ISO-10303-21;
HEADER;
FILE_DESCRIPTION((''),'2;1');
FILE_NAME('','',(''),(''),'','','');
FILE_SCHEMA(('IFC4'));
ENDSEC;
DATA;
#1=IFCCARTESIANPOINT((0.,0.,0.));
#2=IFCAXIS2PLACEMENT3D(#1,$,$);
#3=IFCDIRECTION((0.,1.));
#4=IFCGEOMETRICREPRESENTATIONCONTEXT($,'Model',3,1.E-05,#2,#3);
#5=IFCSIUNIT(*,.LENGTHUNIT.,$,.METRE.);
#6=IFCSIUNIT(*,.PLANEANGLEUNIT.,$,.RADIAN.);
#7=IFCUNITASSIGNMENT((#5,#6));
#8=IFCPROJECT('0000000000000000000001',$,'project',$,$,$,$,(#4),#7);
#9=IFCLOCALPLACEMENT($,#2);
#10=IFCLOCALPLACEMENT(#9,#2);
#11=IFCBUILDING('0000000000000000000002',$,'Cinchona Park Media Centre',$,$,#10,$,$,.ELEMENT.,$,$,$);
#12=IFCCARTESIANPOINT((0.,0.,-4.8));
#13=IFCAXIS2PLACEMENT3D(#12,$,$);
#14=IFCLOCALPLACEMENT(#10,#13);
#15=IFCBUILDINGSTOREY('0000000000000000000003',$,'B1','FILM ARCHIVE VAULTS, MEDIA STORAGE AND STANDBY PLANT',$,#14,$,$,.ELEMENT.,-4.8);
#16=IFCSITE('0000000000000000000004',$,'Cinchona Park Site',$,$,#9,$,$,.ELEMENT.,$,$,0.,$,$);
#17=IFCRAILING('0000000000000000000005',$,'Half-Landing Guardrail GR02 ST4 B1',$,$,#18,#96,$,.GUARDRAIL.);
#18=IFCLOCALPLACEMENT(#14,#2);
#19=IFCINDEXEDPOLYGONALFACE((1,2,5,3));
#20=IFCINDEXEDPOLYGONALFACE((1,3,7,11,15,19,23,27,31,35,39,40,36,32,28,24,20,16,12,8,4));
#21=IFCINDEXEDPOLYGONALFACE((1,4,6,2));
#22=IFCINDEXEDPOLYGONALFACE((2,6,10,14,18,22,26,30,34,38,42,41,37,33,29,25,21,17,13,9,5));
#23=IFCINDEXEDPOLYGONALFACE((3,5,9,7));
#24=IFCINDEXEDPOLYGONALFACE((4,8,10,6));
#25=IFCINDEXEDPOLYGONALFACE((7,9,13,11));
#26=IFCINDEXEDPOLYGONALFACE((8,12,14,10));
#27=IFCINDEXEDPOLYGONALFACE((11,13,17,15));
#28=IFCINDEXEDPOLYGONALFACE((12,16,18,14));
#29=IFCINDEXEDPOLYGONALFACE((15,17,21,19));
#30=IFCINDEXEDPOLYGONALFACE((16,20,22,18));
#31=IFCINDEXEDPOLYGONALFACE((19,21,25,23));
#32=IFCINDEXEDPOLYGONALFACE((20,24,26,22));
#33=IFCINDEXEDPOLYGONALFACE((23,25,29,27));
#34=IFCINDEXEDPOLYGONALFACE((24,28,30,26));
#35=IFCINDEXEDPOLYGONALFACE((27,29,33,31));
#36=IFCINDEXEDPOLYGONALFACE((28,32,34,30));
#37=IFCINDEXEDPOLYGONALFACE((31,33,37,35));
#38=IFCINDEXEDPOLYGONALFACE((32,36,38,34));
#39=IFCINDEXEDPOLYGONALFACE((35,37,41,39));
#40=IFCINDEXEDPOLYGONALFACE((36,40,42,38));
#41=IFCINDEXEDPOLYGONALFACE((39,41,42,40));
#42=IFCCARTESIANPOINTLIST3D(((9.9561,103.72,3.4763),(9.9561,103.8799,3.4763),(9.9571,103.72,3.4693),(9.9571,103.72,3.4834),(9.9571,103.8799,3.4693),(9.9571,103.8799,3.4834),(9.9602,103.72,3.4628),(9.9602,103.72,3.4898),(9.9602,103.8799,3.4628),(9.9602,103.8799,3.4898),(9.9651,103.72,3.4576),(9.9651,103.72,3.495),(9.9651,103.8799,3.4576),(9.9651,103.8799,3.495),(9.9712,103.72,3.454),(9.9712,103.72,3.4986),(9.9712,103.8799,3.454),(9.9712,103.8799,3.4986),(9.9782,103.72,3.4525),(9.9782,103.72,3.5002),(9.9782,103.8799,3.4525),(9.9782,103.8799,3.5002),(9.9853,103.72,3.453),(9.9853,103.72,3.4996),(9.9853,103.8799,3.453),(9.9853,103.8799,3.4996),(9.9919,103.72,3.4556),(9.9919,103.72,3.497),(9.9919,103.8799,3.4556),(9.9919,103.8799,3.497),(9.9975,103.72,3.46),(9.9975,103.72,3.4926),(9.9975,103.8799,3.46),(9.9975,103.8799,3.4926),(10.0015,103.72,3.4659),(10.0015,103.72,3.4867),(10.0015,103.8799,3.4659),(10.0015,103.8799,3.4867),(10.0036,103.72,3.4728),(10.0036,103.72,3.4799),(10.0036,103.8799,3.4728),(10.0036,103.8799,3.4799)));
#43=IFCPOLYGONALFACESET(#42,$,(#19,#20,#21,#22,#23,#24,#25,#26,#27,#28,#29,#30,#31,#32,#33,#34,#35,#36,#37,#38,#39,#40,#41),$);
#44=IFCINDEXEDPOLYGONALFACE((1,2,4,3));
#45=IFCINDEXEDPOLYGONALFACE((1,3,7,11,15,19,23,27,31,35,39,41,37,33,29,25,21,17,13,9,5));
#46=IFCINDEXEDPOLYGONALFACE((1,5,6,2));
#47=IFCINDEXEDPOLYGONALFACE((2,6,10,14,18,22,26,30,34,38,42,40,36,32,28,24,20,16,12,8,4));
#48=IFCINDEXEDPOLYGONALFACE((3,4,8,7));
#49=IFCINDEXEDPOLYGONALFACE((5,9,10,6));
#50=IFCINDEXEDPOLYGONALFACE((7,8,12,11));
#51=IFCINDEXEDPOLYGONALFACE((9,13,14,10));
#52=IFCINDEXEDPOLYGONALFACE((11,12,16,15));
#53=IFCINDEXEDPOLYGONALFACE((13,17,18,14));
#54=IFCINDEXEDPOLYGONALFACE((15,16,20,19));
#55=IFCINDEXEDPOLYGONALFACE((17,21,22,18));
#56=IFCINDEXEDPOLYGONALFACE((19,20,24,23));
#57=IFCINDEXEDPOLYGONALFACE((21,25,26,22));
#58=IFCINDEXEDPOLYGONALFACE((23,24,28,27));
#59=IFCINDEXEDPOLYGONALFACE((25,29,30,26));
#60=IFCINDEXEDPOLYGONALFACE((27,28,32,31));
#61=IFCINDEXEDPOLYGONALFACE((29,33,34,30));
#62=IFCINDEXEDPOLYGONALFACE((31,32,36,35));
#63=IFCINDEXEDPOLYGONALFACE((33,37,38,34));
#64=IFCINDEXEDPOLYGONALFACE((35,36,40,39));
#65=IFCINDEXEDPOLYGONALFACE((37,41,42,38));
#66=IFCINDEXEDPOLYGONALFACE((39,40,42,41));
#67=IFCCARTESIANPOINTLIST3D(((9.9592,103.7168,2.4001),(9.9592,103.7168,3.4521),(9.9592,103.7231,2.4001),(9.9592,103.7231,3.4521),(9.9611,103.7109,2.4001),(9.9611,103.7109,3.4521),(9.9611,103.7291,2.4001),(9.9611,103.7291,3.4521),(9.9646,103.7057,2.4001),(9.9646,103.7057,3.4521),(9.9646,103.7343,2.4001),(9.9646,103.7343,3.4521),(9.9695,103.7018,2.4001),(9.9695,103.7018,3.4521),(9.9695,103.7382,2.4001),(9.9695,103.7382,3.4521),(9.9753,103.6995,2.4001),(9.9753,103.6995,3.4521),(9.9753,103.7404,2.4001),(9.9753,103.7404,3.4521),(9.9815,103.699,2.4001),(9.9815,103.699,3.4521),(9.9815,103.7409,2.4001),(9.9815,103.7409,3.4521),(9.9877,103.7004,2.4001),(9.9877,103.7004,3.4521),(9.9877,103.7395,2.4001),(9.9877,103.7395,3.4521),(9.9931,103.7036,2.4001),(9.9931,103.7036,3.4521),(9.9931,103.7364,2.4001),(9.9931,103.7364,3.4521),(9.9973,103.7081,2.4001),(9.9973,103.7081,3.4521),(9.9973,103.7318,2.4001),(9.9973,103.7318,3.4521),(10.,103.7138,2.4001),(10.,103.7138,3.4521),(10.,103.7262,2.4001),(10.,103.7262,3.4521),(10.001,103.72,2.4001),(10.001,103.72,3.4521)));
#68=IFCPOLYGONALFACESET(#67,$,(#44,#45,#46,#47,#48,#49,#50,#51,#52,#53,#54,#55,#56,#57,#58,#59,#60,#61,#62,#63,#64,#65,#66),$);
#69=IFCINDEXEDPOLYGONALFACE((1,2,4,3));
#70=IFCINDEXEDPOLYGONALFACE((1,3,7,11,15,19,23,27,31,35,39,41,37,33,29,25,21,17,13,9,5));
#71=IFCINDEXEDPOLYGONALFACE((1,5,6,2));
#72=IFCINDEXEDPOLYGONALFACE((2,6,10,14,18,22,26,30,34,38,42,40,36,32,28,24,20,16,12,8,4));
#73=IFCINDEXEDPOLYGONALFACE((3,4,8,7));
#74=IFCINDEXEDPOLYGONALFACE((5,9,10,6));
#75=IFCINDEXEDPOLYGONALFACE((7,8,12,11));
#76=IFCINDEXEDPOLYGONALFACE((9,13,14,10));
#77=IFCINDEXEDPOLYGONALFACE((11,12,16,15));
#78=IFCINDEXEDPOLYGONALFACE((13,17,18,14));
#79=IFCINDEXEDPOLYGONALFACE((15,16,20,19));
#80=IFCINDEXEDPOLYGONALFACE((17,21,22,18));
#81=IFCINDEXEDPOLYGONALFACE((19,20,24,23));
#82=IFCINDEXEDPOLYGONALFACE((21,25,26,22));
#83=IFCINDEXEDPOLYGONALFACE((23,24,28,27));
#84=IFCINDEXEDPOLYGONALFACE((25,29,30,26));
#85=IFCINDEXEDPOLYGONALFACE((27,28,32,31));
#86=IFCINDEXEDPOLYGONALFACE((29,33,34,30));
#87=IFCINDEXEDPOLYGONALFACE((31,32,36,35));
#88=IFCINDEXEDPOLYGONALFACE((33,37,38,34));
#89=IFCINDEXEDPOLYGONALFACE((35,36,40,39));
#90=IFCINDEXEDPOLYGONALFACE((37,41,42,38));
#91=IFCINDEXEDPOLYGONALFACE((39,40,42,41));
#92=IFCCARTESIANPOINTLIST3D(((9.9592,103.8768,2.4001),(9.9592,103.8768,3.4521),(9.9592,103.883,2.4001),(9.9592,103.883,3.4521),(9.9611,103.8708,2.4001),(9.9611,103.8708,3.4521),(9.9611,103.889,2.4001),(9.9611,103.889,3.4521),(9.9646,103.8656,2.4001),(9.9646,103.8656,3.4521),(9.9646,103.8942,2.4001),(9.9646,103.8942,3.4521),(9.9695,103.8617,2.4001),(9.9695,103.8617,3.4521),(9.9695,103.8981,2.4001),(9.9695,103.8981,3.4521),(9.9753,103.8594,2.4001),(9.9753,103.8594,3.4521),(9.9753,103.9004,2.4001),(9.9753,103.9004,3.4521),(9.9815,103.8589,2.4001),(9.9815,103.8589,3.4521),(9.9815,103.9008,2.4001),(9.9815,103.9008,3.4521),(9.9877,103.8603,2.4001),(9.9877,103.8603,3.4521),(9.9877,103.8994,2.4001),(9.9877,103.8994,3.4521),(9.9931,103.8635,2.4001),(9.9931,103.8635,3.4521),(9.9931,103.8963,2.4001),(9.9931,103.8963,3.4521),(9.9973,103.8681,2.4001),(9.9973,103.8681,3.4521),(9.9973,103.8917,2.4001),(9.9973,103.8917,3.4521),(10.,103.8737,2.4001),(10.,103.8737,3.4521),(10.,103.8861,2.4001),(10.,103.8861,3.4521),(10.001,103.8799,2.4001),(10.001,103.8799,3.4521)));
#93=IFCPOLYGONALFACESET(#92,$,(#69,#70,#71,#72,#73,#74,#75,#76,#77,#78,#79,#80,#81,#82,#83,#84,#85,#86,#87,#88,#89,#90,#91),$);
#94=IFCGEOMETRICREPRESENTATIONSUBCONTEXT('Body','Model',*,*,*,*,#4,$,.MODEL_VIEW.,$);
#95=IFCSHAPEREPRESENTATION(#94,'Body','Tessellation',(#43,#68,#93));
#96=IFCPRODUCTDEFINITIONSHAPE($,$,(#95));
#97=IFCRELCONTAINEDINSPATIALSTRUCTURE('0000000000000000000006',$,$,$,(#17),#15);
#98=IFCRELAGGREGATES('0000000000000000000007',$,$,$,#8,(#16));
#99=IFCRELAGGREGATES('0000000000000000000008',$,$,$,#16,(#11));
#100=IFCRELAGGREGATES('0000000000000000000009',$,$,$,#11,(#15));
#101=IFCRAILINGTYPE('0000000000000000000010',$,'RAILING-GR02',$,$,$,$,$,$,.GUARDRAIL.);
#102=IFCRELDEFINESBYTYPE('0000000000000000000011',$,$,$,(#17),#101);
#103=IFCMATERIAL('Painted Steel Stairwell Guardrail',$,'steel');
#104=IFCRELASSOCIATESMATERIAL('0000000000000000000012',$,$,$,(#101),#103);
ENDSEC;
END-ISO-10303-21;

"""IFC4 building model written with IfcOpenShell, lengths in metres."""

from ifc_helpers import new_model, si_unit, direction, frame, origin, origin_2d, place, context, subcontext, project, spatial, circle, extrude, material, type_object, element, save


model = new_model("IFC4")

# Units and contexts
model_context = context("Model", 3, precision=1e-05, world=origin(), true_north=direction((0.0, 1.0)))
body_context = subcontext(model_context, "Body", "Model", "MODEL_VIEW")
ifc_project = project(units=[si_unit("LENGTHUNIT", "METRE"), si_unit("PLANEANGLEUNIT", "RADIAN")], contexts=[model_context])

# Site, building, storey
site_placement = place(None, origin())
site = spatial("IfcSite", under=ifc_project, at=site_placement, Name="Cinchona Park Site", CompositionType="ELEMENT", RefElevation=0.0)
building_placement = place(site_placement, origin())
building = spatial("IfcBuilding", under=site, at=building_placement, Name="Cinchona Park Media Centre", CompositionType="ELEMENT")
storey_placement = place(building_placement, frame((0.0, 0.0, -4.8)))
storey = spatial("IfcBuildingStorey", under=building, at=storey_placement, Name="B1", Description="FILM ARCHIVE VAULTS, MEDIA STORAGE AND STANDBY PLANT", CompositionType="ELEMENT", Elevation=-4.8)

# Railing
ifc_material_1 = material(Name="Painted Steel Stairwell Guardrail", Category="steel")
railing_type_1 = type_object("IfcRailingType", Name="RAILING-GR02", PredefinedType="GUARDRAIL", material=ifc_material_1)
railing_1_placement = place(storey_placement, frame((9.98, 103.72, 2.4001)))
element("IfcRailing", 1, at=railing_1_placement, inside=storey, type_object=railing_type_1, Name="Half-Landing Guardrail GR02 ST4 B1", PredefinedType="GUARDRAIL", context=body_context, shape_type="SweptSolid", body=[
    extrude(circle(Radius=0.0239, at=origin_2d()), frame((0.0, 0.0, 1.0762), z_axis=(0.0, 1.0, 0.0), x_axis=(-1.0, 0.0, 0.0)), (0.0, 0.0, 1.0), 0.1599),
    extrude(circle(Radius=0.021, at=origin_2d()), origin(), (0.0, 0.0, 1.0), 1.052),
    extrude(circle(Radius=0.021, at=origin_2d()), frame((0.0, 0.1599, 0.0)), (0.0, 0.0, 1.0), 1.052),
])

save(model, "model.ifc")
